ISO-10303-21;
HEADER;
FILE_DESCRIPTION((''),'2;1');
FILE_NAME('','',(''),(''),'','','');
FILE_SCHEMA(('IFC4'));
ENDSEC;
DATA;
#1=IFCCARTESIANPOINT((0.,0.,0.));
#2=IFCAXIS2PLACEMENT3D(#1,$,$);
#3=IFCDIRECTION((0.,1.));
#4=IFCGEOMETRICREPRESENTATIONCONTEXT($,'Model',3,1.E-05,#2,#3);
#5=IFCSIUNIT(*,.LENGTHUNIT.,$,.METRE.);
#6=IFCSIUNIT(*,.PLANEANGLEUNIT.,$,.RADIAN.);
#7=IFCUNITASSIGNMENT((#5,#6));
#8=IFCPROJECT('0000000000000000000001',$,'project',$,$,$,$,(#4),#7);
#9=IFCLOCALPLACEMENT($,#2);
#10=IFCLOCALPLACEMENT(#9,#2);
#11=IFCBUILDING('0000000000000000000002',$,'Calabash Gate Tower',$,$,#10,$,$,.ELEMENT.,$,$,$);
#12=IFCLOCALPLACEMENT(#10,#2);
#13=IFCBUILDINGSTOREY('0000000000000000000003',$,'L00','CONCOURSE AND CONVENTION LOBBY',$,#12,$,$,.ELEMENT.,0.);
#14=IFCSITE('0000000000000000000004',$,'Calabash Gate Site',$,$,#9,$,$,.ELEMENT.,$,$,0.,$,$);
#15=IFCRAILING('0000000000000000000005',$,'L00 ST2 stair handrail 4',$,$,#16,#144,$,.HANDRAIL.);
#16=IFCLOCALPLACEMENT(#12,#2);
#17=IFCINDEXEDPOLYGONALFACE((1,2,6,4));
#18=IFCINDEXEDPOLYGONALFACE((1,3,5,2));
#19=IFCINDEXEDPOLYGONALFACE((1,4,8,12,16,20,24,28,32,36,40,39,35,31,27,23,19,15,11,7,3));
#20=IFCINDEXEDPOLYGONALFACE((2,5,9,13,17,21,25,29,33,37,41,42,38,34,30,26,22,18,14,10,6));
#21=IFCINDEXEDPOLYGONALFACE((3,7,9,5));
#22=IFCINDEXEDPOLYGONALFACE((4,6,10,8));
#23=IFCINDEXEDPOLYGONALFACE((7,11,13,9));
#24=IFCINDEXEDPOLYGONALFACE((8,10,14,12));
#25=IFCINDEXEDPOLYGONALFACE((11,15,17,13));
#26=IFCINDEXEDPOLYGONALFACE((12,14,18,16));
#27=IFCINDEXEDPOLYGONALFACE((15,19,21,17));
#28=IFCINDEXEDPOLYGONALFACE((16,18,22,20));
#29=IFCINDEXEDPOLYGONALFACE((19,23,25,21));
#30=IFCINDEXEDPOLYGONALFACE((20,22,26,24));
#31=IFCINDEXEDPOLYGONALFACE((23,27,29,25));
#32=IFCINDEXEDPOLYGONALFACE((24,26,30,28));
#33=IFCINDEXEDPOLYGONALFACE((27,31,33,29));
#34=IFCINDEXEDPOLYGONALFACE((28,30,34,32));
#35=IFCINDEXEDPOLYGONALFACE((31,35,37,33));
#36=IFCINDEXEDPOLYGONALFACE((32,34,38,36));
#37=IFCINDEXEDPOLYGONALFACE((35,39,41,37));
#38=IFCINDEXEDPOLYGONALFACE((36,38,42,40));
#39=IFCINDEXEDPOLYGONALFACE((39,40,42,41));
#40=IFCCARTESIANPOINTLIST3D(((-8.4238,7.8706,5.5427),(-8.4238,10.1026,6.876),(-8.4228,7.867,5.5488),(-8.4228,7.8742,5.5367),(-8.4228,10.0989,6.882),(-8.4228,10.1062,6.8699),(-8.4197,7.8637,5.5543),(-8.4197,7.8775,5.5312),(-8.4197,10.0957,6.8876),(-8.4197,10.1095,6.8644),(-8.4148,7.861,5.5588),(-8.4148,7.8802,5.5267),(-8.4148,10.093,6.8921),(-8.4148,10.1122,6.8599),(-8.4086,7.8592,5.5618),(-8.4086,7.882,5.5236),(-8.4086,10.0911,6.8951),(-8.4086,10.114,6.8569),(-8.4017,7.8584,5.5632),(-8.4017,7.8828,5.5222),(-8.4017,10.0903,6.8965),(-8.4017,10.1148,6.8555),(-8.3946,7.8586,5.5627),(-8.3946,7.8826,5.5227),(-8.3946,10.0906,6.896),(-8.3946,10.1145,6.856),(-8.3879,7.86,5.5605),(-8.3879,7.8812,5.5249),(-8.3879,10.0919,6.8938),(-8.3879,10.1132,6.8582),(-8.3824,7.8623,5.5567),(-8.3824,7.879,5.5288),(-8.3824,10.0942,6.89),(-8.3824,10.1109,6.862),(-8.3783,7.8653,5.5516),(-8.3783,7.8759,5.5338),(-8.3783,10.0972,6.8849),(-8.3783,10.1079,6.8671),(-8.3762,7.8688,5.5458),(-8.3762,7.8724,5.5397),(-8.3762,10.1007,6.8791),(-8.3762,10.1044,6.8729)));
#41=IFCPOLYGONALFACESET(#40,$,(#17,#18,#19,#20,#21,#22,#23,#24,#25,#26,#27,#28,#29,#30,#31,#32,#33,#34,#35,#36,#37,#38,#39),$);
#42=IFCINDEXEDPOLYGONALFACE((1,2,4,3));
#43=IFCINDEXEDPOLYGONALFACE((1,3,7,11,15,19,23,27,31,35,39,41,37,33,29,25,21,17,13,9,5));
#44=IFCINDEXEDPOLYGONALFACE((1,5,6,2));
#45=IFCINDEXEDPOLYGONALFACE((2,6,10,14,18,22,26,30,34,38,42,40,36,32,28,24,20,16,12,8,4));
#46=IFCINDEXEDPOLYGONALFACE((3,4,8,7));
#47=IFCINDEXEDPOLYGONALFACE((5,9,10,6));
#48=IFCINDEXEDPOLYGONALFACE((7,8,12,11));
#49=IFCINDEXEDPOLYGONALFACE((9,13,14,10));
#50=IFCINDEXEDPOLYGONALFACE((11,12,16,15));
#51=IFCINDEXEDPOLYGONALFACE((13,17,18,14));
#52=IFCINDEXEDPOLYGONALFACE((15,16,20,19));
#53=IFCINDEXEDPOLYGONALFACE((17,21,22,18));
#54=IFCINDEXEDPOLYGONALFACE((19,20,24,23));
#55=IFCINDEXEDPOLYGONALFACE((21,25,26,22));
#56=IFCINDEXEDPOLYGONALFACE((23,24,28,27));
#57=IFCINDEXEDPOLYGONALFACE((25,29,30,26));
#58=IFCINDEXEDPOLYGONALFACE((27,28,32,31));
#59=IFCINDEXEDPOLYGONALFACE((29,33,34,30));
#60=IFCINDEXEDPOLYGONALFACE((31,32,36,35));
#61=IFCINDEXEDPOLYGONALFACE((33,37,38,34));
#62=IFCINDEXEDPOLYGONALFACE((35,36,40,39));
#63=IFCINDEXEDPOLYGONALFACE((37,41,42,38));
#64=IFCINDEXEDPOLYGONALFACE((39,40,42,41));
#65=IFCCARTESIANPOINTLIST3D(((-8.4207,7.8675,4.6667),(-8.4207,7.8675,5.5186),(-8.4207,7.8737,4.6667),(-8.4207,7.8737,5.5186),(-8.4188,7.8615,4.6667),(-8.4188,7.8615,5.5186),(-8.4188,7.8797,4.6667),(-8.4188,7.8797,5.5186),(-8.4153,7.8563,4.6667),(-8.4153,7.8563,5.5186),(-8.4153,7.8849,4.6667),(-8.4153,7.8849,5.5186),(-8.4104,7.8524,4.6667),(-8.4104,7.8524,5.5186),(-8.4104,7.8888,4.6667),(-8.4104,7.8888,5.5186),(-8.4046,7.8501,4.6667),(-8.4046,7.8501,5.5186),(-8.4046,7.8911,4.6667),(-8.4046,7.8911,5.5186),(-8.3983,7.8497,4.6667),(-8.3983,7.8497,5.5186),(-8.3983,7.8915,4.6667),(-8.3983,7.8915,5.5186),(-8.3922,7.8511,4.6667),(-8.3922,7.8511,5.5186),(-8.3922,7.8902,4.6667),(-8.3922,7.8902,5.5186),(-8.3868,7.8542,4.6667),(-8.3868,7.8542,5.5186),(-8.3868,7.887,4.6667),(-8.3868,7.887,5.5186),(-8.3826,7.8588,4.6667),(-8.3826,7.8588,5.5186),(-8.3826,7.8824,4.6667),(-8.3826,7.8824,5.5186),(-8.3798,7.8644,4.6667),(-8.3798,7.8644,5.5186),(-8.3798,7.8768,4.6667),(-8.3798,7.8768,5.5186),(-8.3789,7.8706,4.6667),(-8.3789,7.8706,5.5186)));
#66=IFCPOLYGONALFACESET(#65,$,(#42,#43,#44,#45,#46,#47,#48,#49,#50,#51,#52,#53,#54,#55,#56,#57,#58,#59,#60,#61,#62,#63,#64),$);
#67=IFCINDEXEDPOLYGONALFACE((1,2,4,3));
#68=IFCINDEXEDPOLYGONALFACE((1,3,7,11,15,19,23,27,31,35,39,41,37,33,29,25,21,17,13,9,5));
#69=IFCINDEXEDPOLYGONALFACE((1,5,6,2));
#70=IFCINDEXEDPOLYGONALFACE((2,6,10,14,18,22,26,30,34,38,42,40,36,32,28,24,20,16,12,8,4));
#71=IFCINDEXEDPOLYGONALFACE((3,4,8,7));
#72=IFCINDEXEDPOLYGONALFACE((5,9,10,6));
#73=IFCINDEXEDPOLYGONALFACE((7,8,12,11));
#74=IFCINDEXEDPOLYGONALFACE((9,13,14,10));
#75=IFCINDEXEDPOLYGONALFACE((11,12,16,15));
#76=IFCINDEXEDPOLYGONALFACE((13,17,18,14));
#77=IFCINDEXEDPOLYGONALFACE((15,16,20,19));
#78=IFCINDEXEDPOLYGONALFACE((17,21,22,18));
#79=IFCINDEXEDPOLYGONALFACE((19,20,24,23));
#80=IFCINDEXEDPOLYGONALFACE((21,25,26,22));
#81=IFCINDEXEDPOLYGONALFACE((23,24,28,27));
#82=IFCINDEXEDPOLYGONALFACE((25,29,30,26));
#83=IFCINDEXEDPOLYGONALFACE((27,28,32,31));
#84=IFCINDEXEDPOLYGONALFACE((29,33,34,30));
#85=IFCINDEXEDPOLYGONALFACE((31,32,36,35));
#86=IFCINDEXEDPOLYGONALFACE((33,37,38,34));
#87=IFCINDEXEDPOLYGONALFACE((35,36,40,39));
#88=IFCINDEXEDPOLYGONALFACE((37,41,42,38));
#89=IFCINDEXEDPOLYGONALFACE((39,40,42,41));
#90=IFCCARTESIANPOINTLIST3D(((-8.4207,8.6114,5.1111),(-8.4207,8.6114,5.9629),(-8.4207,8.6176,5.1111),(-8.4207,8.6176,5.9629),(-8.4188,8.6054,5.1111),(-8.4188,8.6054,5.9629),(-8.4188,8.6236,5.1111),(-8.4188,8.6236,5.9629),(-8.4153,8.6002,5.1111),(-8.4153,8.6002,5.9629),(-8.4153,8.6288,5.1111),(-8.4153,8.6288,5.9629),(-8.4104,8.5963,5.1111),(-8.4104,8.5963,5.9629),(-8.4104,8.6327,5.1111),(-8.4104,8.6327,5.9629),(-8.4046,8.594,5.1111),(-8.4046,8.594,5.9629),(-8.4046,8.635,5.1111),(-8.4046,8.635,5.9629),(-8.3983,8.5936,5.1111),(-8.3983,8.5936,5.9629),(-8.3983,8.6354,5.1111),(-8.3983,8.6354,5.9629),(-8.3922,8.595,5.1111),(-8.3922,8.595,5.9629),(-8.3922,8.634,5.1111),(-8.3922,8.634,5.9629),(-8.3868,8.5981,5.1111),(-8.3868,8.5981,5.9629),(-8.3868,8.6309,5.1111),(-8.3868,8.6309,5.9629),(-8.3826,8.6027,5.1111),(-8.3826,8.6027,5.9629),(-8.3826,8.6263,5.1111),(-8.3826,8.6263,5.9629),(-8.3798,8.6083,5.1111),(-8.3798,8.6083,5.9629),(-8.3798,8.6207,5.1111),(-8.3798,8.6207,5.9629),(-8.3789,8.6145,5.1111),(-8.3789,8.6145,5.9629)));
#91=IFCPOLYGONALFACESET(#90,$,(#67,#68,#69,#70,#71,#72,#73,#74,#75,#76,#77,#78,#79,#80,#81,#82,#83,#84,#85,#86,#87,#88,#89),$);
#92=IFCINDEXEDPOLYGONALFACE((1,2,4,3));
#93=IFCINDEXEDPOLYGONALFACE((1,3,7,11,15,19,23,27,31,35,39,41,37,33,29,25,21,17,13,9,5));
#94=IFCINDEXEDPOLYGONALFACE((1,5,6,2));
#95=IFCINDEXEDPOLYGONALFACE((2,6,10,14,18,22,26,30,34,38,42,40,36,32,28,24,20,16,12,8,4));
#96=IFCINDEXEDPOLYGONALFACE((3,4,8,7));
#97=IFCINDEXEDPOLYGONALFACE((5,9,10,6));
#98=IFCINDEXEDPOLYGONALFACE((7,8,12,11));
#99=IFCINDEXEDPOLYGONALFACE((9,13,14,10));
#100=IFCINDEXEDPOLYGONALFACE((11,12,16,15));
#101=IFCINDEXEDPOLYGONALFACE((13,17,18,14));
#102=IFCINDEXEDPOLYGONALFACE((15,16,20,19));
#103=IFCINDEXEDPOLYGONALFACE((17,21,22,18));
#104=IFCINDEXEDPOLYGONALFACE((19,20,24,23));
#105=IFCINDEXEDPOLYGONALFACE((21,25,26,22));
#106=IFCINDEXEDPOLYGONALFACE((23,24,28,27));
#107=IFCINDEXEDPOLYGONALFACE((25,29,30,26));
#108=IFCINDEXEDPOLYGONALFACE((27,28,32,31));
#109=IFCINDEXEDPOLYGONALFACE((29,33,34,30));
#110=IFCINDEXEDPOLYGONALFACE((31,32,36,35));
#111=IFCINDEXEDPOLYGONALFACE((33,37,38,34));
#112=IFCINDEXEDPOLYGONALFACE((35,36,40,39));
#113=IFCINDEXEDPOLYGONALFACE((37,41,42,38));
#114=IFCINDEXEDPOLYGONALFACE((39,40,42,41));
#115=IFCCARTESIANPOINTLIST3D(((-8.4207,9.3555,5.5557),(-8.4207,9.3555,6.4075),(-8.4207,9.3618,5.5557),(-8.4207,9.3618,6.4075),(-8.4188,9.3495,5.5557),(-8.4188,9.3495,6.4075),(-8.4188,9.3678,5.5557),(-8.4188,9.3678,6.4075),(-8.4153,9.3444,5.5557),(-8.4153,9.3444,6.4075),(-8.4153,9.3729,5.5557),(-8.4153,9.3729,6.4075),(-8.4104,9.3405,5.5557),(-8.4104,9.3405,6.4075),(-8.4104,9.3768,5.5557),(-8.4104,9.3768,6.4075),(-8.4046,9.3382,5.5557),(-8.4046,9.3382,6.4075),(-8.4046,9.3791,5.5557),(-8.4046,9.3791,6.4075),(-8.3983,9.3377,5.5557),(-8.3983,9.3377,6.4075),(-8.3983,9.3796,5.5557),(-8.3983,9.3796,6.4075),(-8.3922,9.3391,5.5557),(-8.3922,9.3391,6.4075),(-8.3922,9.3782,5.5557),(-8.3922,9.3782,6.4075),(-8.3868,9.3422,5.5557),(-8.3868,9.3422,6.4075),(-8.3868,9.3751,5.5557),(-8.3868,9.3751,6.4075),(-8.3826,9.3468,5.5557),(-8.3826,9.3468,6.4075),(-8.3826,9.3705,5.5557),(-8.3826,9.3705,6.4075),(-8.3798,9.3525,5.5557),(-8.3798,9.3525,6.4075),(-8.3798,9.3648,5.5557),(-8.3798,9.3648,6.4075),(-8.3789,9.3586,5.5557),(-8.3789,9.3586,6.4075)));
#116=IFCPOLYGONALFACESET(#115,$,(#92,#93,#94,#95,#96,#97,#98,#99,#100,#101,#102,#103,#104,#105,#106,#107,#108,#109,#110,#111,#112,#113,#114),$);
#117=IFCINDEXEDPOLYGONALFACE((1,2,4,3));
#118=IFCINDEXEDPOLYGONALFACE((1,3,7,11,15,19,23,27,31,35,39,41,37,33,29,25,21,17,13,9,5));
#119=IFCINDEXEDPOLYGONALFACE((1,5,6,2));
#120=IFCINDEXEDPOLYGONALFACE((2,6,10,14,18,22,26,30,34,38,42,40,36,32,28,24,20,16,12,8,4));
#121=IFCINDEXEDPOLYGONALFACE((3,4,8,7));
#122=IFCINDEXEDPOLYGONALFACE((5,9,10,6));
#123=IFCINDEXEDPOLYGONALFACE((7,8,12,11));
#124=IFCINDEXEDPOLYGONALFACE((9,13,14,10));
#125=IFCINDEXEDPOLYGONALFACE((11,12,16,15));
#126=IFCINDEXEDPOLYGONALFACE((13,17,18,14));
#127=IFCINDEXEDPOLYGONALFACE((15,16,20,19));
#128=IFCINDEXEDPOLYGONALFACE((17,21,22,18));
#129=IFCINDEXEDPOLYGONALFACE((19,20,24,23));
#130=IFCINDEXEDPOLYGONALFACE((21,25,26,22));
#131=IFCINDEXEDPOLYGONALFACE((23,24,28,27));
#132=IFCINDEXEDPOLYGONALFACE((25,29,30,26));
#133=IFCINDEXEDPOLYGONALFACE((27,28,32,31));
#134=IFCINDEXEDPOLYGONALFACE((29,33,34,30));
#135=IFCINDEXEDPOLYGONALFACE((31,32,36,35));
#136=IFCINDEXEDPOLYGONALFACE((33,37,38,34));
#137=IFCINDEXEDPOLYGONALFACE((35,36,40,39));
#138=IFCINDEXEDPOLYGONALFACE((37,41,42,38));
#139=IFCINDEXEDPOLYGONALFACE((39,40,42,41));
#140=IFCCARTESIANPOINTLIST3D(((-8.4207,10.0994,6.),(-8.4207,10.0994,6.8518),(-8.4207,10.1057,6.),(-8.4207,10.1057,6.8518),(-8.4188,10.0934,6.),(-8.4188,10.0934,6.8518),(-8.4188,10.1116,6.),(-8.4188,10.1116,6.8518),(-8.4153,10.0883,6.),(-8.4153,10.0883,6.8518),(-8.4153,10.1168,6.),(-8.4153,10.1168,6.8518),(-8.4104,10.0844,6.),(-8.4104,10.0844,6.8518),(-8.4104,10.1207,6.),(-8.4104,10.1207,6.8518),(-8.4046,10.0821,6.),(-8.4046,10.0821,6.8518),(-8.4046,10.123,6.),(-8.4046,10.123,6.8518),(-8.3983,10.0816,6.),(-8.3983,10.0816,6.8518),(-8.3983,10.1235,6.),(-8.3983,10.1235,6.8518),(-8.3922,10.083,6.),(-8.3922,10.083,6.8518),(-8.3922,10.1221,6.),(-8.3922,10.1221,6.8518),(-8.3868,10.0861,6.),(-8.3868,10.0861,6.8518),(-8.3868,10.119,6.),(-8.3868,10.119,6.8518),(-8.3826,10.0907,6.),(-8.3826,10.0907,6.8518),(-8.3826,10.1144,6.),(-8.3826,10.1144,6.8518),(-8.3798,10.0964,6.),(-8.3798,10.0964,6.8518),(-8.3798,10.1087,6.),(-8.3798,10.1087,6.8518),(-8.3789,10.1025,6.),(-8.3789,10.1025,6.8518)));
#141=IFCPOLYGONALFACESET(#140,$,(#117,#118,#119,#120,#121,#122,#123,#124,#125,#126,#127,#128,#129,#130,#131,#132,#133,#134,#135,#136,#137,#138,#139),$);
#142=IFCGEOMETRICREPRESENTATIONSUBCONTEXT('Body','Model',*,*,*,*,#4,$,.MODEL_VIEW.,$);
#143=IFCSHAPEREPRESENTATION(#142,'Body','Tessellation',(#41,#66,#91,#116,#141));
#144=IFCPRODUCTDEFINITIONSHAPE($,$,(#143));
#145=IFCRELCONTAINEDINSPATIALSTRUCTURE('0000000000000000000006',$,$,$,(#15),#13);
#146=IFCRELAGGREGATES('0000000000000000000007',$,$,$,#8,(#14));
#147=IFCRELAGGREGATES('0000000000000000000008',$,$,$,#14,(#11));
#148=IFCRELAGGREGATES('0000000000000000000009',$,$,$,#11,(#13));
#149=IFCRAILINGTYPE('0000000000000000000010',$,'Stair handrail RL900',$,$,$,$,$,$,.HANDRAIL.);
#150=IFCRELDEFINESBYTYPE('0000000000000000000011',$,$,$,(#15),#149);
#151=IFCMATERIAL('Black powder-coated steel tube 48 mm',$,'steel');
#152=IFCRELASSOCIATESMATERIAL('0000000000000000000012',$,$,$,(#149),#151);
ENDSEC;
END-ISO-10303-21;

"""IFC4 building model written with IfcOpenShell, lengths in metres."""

from ifc_helpers import new_model, si_unit, direction, frame, origin, origin_2d, place, context, subcontext, project, spatial, circle, extrude, material, type_object, element, save


model = new_model("IFC4")

# Units and contexts
model_context = context("Model", 3, precision=1e-05, world=origin(), true_north=direction((0.0, 1.0)))
body_context = subcontext(model_context, "Body", "Model", "MODEL_VIEW")
ifc_project = project(units=[si_unit("LENGTHUNIT", "METRE"), si_unit("PLANEANGLEUNIT", "RADIAN")], contexts=[model_context])

# Site, building, storey
site_placement = place(None, origin())
site = spatial("IfcSite", under=ifc_project, at=site_placement, Name="Calabash Gate Site", CompositionType="ELEMENT", RefElevation=0.0)
building_placement = place(site_placement, origin())
building = spatial("IfcBuilding", under=site, at=building_placement, Name="Calabash Gate Tower", CompositionType="ELEMENT")
storey_placement = place(building_placement, origin())
storey = spatial("IfcBuildingStorey", under=building, at=storey_placement, Name="L00", Description="CONCOURSE AND CONVENTION LOBBY", CompositionType="ELEMENT", Elevation=0.0)

# Railing
ifc_material_1 = material(Name="Black powder-coated steel tube 48 mm", Category="steel")
railing_type_1 = type_object("IfcRailingType", Name="Stair handrail RL900", PredefinedType="HANDRAIL", material=ifc_material_1)
for number, where, name in (
    (1, (-8.3999, 7.8706, 4.6667), "L00 ST2 stair handrail 4"),
):
    element("IfcRailing", number, at=place(storey_placement, frame(where)), inside=storey, type_object=railing_type_1, Name=name, PredefinedType="HANDRAIL", context=body_context, shape_type="SweptSolid", body=[
        extrude(circle(Radius=0.0239, at=origin_2d()), frame((0.0, 0.0, 0.876), z_axis=(0.0, 0.858494, 0.512824), x_axis=(-1.0, 0.0, 0.0)), (0.0, 0.0, 1.0), 2.5999),
        extrude(circle(Radius=0.021, at=origin_2d()), origin(), (0.0, 0.0, 1.0), 0.8518),
        extrude(circle(Radius=0.021, at=origin_2d()), frame((0.0, 0.7439, 0.4443)), (0.0, 0.0, 1.0), 0.8518),
        extrude(circle(Radius=0.021, at=origin_2d()), frame((0.0, 1.488, 0.8889)), (0.0, 0.0, 1.0), 0.8518),
        extrude(circle(Radius=0.021, at=origin_2d()), frame((0.0, 2.2319, 1.3333)), (0.0, 0.0, 1.0), 0.8518),
    ])

save(model, "model.ifc")
